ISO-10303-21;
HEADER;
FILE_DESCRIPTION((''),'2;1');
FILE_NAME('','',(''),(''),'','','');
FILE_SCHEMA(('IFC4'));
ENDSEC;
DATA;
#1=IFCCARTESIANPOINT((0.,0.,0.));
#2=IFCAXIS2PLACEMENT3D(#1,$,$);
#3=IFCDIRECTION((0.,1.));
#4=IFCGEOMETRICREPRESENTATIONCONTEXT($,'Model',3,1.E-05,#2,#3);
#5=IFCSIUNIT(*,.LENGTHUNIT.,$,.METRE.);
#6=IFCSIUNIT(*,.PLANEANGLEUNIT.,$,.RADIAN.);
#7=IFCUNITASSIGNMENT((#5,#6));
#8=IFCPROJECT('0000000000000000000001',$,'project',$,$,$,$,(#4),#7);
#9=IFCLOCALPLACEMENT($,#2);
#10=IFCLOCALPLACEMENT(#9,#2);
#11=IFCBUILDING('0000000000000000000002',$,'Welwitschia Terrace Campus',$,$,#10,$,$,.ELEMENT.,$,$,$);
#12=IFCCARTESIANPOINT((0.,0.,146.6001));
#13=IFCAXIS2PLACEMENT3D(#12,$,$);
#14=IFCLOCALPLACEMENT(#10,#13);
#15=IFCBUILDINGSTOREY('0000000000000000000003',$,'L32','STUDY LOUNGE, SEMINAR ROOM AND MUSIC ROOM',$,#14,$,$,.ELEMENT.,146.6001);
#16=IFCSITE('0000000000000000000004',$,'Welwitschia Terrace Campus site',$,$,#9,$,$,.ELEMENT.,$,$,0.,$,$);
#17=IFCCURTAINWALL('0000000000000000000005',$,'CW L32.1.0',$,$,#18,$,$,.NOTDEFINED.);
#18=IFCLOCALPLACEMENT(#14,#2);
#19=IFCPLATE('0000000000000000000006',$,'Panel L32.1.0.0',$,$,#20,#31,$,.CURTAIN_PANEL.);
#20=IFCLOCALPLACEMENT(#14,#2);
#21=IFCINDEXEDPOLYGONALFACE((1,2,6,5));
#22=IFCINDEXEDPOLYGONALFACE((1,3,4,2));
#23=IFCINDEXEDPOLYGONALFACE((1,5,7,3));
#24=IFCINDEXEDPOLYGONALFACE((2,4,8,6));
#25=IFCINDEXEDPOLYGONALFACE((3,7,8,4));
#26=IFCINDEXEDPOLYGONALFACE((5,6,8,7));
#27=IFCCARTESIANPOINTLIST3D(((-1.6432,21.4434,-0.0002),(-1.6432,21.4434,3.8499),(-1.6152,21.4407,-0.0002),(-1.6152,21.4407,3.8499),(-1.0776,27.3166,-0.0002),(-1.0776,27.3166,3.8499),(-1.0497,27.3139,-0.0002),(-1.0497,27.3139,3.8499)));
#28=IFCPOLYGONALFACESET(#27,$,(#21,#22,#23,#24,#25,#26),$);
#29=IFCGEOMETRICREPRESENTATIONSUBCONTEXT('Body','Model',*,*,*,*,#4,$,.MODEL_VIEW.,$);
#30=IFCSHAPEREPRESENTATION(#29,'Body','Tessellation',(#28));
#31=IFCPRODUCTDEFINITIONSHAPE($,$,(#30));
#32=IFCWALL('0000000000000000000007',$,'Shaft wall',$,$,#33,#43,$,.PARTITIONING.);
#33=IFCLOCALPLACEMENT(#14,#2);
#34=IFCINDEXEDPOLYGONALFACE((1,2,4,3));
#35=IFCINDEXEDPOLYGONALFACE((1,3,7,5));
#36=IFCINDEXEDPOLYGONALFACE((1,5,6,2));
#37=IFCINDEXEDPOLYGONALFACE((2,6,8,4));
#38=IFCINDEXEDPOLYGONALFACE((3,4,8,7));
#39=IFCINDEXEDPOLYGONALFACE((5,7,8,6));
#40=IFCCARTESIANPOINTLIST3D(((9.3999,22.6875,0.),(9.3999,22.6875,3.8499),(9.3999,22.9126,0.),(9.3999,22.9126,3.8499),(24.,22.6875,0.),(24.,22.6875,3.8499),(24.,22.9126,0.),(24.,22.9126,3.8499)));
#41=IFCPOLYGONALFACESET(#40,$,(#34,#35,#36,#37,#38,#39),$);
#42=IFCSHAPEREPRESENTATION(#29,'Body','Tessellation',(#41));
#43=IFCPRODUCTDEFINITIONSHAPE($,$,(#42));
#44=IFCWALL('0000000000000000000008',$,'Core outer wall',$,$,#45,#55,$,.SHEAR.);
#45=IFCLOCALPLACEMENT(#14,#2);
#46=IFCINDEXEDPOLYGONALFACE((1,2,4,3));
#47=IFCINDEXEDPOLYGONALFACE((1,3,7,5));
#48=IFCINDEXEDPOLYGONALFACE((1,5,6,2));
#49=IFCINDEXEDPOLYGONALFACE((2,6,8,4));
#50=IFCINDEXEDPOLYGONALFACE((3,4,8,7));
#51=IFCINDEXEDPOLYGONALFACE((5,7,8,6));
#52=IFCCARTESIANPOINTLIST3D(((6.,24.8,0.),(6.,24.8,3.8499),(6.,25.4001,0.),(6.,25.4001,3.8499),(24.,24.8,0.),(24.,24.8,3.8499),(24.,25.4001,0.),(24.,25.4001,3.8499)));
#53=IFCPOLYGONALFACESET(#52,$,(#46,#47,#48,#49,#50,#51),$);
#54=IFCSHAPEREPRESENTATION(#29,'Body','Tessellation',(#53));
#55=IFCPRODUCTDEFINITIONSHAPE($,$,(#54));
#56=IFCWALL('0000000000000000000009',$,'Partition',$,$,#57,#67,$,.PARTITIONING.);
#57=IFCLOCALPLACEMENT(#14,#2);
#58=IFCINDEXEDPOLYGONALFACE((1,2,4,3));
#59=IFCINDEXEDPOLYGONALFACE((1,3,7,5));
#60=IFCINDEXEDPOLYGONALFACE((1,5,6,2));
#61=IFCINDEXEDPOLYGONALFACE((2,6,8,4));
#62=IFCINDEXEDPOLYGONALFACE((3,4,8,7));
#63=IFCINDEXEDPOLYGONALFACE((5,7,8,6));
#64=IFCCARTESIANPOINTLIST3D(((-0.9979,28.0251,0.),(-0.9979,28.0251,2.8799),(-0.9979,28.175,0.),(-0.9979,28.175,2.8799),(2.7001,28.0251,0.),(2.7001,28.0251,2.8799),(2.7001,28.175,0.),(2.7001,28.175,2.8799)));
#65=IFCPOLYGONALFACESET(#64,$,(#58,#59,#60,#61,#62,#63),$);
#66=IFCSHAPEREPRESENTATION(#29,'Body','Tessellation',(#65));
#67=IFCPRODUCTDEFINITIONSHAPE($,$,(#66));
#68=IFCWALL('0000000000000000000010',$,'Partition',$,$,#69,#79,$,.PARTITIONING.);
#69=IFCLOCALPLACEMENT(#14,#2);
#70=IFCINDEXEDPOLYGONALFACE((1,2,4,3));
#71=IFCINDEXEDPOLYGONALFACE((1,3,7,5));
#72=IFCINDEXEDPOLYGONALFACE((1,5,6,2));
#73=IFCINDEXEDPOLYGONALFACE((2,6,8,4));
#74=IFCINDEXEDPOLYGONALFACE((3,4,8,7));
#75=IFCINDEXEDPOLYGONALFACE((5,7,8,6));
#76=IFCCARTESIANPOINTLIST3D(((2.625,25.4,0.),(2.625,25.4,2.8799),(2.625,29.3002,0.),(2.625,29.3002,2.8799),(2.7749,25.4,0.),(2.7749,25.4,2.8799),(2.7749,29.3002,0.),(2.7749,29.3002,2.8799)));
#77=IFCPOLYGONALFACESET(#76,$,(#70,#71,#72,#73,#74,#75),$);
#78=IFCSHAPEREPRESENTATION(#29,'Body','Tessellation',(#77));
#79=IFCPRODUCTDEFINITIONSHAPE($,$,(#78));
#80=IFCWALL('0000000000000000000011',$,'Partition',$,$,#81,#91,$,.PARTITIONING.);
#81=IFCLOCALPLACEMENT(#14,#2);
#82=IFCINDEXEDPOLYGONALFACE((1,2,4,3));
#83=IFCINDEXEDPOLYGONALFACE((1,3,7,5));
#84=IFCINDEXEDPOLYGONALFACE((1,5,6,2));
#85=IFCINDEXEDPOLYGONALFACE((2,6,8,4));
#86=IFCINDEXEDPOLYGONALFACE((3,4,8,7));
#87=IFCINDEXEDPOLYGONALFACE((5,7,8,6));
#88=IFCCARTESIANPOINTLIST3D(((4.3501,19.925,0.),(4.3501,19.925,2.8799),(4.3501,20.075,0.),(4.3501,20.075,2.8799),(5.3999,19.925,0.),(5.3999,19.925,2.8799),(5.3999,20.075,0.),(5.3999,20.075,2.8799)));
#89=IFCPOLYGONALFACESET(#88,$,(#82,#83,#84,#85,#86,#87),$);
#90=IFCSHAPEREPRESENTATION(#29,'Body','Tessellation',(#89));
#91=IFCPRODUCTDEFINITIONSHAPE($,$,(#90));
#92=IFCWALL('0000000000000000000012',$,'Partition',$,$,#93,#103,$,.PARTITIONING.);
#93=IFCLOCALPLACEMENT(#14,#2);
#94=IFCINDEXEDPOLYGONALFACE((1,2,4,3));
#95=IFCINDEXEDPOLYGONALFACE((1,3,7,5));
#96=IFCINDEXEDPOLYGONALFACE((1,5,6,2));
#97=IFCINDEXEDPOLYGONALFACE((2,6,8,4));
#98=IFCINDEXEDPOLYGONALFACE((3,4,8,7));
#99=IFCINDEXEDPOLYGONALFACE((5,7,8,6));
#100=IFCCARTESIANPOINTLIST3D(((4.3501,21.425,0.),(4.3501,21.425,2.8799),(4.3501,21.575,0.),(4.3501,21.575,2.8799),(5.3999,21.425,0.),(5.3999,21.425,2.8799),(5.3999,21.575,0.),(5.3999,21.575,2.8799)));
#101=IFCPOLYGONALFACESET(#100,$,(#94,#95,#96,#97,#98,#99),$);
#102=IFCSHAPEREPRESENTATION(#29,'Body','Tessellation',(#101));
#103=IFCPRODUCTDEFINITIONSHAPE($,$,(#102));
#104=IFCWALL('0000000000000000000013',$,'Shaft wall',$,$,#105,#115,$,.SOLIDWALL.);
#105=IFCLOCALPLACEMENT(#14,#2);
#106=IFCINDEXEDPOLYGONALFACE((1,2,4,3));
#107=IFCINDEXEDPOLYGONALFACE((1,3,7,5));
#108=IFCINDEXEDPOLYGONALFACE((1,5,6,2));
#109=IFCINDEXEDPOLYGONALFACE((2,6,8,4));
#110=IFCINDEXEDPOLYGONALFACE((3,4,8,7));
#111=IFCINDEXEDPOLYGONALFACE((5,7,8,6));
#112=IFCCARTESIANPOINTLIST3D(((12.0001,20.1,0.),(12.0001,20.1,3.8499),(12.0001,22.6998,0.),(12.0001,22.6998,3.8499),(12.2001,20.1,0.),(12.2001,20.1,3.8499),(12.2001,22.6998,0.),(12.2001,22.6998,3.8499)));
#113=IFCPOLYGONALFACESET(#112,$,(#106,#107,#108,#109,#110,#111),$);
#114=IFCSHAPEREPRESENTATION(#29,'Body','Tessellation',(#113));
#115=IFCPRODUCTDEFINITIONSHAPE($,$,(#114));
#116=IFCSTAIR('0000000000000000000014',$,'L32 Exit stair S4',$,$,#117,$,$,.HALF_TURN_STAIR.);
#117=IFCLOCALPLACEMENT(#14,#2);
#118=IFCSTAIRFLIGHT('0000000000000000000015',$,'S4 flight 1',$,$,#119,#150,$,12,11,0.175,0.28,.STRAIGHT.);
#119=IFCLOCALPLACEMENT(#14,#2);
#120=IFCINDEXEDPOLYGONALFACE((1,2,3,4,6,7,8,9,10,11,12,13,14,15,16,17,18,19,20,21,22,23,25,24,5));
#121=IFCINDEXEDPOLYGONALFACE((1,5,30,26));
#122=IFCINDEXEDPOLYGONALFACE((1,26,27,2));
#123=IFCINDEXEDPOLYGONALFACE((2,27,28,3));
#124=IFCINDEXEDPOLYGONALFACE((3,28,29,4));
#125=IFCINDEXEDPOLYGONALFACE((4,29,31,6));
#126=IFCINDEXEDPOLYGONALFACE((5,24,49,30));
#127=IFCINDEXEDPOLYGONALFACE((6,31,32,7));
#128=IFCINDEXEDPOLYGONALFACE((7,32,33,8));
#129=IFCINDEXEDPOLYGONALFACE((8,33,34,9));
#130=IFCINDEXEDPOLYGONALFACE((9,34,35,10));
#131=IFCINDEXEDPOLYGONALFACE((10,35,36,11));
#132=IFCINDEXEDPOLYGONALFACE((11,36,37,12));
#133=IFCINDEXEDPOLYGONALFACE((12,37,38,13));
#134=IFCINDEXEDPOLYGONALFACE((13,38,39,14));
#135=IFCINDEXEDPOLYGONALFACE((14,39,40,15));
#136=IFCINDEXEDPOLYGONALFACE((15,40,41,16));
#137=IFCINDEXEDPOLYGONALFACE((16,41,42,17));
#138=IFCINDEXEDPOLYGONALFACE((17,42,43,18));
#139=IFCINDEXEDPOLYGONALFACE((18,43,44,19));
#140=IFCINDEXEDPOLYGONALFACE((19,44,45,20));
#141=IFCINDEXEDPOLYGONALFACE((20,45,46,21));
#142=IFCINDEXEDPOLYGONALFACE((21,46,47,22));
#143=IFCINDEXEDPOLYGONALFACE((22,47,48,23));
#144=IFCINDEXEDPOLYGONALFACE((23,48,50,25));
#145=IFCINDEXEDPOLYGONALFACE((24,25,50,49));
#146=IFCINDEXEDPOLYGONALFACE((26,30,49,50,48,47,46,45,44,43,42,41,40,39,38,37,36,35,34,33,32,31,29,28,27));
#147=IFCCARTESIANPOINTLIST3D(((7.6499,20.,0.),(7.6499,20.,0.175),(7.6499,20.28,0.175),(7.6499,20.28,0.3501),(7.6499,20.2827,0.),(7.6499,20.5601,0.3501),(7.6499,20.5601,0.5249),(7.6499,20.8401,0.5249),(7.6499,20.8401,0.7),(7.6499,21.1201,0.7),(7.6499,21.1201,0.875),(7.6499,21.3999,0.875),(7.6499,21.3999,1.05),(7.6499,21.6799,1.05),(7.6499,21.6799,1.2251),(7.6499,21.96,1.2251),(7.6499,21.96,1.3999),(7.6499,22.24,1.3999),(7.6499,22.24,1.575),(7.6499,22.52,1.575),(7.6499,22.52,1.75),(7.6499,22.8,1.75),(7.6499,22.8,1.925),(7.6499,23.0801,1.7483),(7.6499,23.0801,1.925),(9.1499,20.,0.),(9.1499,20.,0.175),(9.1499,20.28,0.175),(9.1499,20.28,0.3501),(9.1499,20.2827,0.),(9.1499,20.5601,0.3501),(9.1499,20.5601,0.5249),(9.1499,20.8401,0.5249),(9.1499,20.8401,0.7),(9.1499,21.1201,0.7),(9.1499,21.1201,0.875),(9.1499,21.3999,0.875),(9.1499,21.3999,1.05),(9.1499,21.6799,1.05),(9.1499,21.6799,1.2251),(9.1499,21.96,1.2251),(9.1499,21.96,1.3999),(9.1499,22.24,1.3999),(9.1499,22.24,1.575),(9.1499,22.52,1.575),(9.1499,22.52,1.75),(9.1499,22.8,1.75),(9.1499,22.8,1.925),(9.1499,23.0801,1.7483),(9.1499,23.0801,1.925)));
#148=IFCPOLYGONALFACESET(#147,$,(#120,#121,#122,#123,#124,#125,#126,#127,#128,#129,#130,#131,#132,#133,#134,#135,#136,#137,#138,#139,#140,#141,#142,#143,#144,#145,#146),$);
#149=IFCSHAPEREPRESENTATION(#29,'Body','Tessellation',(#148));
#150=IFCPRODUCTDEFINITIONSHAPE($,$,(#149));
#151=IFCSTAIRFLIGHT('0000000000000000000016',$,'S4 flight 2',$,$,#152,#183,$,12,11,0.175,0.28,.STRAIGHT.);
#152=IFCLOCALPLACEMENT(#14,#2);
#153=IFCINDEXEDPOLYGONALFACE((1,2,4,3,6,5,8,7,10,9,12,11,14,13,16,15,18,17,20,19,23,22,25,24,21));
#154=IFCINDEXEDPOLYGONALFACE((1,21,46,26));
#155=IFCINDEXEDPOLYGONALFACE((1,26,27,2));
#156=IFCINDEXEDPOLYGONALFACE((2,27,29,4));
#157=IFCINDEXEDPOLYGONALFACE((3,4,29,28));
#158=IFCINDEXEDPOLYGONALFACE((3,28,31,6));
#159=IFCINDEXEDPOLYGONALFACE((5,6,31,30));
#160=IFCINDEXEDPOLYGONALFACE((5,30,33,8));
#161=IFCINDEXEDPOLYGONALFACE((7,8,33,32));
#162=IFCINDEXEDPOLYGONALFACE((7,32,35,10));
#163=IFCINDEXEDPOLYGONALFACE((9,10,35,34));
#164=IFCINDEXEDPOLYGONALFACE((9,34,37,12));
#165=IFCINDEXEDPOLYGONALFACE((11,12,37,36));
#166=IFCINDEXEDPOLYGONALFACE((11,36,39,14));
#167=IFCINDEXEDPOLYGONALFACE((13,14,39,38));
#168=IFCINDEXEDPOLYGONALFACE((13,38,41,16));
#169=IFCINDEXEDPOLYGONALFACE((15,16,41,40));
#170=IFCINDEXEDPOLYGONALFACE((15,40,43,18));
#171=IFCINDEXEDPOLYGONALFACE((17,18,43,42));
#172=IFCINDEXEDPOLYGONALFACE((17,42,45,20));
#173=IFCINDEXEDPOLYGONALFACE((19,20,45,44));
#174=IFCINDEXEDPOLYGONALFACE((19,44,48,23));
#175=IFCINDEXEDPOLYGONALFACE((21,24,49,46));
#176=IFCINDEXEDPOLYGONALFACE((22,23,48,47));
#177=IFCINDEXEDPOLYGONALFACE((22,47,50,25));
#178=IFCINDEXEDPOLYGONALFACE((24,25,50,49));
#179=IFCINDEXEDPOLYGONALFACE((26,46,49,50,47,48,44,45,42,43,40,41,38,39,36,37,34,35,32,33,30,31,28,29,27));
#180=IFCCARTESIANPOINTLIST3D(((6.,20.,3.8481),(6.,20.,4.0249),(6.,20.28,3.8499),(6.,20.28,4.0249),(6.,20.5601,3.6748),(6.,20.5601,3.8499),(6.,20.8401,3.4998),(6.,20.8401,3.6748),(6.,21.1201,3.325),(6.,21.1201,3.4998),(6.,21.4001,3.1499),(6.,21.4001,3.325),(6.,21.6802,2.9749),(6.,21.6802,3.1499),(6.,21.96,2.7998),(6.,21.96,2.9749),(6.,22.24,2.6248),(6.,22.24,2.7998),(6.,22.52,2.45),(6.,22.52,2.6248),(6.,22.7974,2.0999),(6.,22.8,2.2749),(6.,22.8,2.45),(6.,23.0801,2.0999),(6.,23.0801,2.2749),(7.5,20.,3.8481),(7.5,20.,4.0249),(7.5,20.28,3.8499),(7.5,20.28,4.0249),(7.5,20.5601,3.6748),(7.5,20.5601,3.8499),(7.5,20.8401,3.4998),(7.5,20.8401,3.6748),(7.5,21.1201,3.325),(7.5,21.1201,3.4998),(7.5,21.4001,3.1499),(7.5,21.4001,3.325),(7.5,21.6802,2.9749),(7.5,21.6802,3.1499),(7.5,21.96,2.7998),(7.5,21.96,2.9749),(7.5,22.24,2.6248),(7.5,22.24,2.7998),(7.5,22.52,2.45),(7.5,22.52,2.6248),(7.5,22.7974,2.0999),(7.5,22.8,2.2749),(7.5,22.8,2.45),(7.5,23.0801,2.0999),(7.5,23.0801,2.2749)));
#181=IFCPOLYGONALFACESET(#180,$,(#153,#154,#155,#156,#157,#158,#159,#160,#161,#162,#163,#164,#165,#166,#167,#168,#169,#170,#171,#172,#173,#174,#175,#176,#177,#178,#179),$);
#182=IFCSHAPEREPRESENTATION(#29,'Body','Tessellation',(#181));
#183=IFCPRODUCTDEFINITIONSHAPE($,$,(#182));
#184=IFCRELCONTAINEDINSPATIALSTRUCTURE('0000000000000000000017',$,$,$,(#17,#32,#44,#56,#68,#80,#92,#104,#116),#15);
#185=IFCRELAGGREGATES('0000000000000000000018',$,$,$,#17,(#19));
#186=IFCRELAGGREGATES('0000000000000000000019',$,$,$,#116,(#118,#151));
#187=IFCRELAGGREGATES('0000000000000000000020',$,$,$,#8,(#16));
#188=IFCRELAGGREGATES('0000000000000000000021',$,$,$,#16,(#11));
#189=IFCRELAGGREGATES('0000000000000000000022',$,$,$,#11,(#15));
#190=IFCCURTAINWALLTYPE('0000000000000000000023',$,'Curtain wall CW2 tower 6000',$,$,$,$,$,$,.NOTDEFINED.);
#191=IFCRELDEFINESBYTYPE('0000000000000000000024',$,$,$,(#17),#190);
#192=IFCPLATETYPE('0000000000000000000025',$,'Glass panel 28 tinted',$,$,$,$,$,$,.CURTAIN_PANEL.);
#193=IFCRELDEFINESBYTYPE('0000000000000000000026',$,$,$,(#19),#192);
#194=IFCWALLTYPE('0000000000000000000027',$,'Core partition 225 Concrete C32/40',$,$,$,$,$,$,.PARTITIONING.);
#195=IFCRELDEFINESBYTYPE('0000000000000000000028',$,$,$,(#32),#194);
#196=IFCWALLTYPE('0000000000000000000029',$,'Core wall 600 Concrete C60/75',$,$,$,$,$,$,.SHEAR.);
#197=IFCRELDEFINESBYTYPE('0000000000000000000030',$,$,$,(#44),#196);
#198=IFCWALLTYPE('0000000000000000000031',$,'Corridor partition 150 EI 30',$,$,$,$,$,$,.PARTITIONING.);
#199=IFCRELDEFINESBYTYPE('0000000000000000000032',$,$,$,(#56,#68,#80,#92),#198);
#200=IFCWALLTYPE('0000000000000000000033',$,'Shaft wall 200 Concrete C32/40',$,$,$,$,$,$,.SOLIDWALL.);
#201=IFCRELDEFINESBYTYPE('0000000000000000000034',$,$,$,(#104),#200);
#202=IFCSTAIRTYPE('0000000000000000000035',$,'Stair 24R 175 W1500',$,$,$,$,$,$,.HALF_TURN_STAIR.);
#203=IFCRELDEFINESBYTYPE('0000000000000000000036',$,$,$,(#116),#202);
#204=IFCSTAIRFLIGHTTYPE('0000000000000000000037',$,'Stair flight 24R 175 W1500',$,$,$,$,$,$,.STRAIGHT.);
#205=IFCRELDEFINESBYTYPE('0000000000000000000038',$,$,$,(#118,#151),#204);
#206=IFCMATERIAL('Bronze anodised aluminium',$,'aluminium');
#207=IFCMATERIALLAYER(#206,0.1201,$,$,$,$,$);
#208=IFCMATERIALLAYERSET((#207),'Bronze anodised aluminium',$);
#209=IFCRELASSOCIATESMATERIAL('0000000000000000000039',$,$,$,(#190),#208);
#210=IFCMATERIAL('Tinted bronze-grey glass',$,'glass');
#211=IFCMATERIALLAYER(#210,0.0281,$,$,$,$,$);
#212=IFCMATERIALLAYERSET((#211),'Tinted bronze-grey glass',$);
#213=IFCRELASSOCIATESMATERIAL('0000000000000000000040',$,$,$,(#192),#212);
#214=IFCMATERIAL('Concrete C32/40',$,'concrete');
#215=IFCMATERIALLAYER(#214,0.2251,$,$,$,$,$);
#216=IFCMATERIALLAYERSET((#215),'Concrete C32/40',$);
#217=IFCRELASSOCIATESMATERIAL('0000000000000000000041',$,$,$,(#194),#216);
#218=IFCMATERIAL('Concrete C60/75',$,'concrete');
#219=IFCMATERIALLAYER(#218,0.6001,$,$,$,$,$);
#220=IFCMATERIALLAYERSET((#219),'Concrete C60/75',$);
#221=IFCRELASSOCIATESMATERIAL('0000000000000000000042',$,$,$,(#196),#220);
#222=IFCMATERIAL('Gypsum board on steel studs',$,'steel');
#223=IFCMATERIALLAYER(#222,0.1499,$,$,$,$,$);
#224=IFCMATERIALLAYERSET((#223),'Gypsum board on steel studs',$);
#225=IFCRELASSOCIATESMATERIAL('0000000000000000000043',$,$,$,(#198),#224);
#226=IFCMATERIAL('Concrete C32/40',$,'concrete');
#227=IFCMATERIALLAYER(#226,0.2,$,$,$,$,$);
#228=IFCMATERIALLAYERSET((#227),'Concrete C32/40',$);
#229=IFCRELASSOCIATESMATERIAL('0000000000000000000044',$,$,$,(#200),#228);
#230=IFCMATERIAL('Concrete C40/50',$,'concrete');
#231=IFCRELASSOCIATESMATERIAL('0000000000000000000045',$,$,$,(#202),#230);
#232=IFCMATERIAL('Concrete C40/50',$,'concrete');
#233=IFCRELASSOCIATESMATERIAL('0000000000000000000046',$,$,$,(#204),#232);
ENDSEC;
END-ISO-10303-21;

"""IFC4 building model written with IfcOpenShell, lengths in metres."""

from ifc_helpers import new_model, si_unit, direction, frame, frame_2d, origin, origin_2d, place, context, subcontext, project, spatial, polyline, rectangle, outline, extrude, material, layer, layer_set, type_object, element, aggregate, save


model = new_model("IFC4")

# Units and contexts
model_context = context("Model", 3, precision=1e-05, world=origin(), true_north=direction((0.0, 1.0)))
body_context = subcontext(model_context, "Body", "Model", "MODEL_VIEW")
ifc_project = project(units=[si_unit("LENGTHUNIT", "METRE"), si_unit("PLANEANGLEUNIT", "RADIAN")], contexts=[model_context])

# Site, building, storey
site_placement = place(None, origin())
site = spatial("IfcSite", under=ifc_project, at=site_placement, Name="Welwitschia Terrace Campus site", CompositionType="ELEMENT", RefElevation=0.0)
building_placement = place(site_placement, origin())
building = spatial("IfcBuilding", under=site, at=building_placement, Name="Welwitschia Terrace Campus", CompositionType="ELEMENT")
storey_placement = place(building_placement, frame((0.0, 0.0, 146.6001)))
storey = spatial("IfcBuildingStorey", under=building, at=storey_placement, Name="L32", Description="STUDY LOUNGE, SEMINAR ROOM AND MUSIC ROOM", CompositionType="ELEMENT", Elevation=146.6001)

# Shared definitions
ifc_material_1 = material(Name="Bronze anodised aluminium", Category="aluminium")
ifc_layer_1 = layer(ifc_material_1, 0.1201)
ifc_layer_set_1 = layer_set([ifc_layer_1], Name="Bronze anodised aluminium")
curtain_wall_type = type_object("IfcCurtainWallType", Name="Curtain wall CW2 tower 6000", PredefinedType="NOTDEFINED", material=ifc_layer_set_1)

# Curtain wall
curtain_wall_1_placement = place(storey_placement, origin())
curtain_wall_1 = element("IfcCurtainWall", 1, at=curtain_wall_1_placement, inside=storey, type_object=curtain_wall_type, Name="CW L32.1.0", PredefinedType="NOTDEFINED")

# Plate
ifc_material_2 = material(Name="Tinted bronze-grey glass", Category="glass")
ifc_layer_2 = layer(ifc_material_2, 0.0281)
ifc_layer_set_2 = layer_set([ifc_layer_2], Name="Tinted bronze-grey glass")
plate_type = type_object("IfcPlateType", Name="Glass panel 28 tinted", PredefinedType="CURTAIN_PANEL", material=ifc_layer_set_2)
plate_placement = place(storey_placement, frame((-1.3464, 24.3787, -0.0002), z_axis=(0.0, 0.0, 1.0), x_axis=(-0.095846, -0.995396, 0.0)))
plate = element("IfcPlate", 2, at=plate_placement, type_object=plate_type, Name="Panel L32.1.0.0", PredefinedType="CURTAIN_PANEL", context=body_context, shape_type="SweptSolid", body=[
    extrude(rectangle(XDim=5.9004, YDim=0.0281, at=origin_2d()), origin(), (0.0, 0.0, 1.0), 3.8501),
])
aggregate(curtain_wall_1, [plate])

# Walls
ifc_material_3 = material(Name="Concrete C32/40", Category="concrete")
ifc_layer_3 = layer(ifc_material_3, 0.2251)
ifc_layer_set_3 = layer_set([ifc_layer_3], Name="Concrete C32/40")
wall_type_1 = type_object("IfcWallType", Name="Core partition 225 Concrete C32/40", PredefinedType="PARTITIONING", material=ifc_layer_set_3)
wall_1_placement = place(storey_placement, frame((9.3999, 22.8, 0.0), z_axis=(0.0, 0.0, 1.0), x_axis=(1.0, 0.0, 0.0)))
element("IfcWall", 3, at=wall_1_placement, inside=storey, type_object=wall_type_1, Name="Shaft wall", PredefinedType="PARTITIONING", context=body_context, shape_type="SweptSolid", body=[
    extrude(rectangle(XDim=14.6001, YDim=0.2251, at=frame_2d((7.3, 0.0))), origin(), (0.0, 0.0, 1.0), 3.8499),
])
ifc_material_4 = material(Name="Concrete C60/75", Category="concrete")
ifc_layer_4 = layer(ifc_material_4, 0.6001)
ifc_layer_set_4 = layer_set([ifc_layer_4], Name="Concrete C60/75")
wall_type_2 = type_object("IfcWallType", Name="Core wall 600 Concrete C60/75", PredefinedType="SHEAR", material=ifc_layer_set_4)
wall_2_placement = place(storey_placement, frame((6.0, 25.1001, 0.0), z_axis=(0.0, 0.0, 1.0), x_axis=(1.0, 0.0, 0.0)))
element("IfcWall", 4, at=wall_2_placement, inside=storey, type_object=wall_type_2, Name="Core outer wall", PredefinedType="SHEAR", context=body_context, shape_type="SweptSolid", body=[
    extrude(rectangle(XDim=18.0, YDim=0.6001, at=frame_2d((9.0, 0.0))), origin(), (0.0, 0.0, 1.0), 3.8499),
])
ifc_material_5 = material(Name="Gypsum board on steel studs", Category="steel")
ifc_layer_5 = layer(ifc_material_5, 0.1499)
ifc_layer_set_5 = layer_set([ifc_layer_5], Name="Gypsum board on steel studs")
wall_type_3 = type_object("IfcWallType", Name="Corridor partition 150 EI 30", PredefinedType="PARTITIONING", material=ifc_layer_set_5)
wall_3_placement = place(storey_placement, frame((-0.998, 28.1001, 0.0), z_axis=(0.0, 0.0, 1.0), x_axis=(1.0, 0.0, 0.0)))
element("IfcWall", 5, at=wall_3_placement, inside=storey, type_object=wall_type_3, Name="Partition", PredefinedType="PARTITIONING", context=body_context, shape_type="SweptSolid", body=[
    extrude(rectangle(XDim=3.698, YDim=0.1499, at=frame_2d((1.8491, 0.0))), origin(), (0.0, 0.0, 1.0), 2.8799),
])
wall_4_placement = place(storey_placement, frame((2.7, 25.3999, 0.0), z_axis=(0.0, 0.0, 1.0), x_axis=(0.0, 1.0, 0.0)))
element("IfcWall", 6, at=wall_4_placement, inside=storey, type_object=wall_type_3, Name="Partition", PredefinedType="PARTITIONING", context=body_context, shape_type="SweptSolid", body=[
    extrude(rectangle(XDim=3.9001, YDim=0.1499, at=frame_2d((1.9502, 0.0))), origin(), (0.0, 0.0, 1.0), 2.8799),
])
for number, where, z_axis, x_axis, name in (
    (7, (4.3501, 20.0, 0.0), (0.0, 0.0, 1.0), (1.0, 0.0, 0.0), "Partition"),
    (8, (4.3501, 21.5, 0.0), (0.0, 0.0, 1.0), (1.0, 0.0, 0.0), "Partition"),
):
    element("IfcWall", number, at=place(storey_placement, frame(where, z_axis=z_axis, x_axis=x_axis)), inside=storey, type_object=wall_type_3, Name=name, PredefinedType="PARTITIONING", context=body_context, shape_type="SweptSolid", body=[
        extrude(rectangle(XDim=1.0498, YDim=0.1499, at=frame_2d((0.5249, 0.0))), origin(), (0.0, 0.0, 1.0), 2.8799),
    ])
ifc_material_6 = material(Name="Concrete C32/40", Category="concrete")
ifc_layer_6 = layer(ifc_material_6, 0.2)
ifc_layer_set_6 = layer_set([ifc_layer_6], Name="Concrete C32/40")
wall_type_4 = type_object("IfcWallType", Name="Shaft wall 200 Concrete C32/40", PredefinedType="SOLIDWALL", material=ifc_layer_set_6)
wall_5_placement = place(storey_placement, frame((12.1001, 20.1001, 0.0), z_axis=(0.0, 0.0, 1.0), x_axis=(0.0, 1.0, 0.0)))
element("IfcWall", 9, at=wall_5_placement, inside=storey, type_object=wall_type_4, Name="Shaft wall", PredefinedType="SOLIDWALL", context=body_context, shape_type="SweptSolid", body=[
    extrude(rectangle(XDim=2.5999, YDim=0.2, at=frame_2d((1.2998, 0.0))), origin(), (0.0, 0.0, 1.0), 3.8499),
])

# Stair, stair flights
ifc_material_7 = material(Name="Concrete C40/50", Category="concrete")
stair_type = type_object("IfcStairType", Name="Stair 24R 175 W1500", PredefinedType="HALF_TURN_STAIR", material=ifc_material_7)
stair_placement = place(storey_placement, origin())
stair = element("IfcStair", 10, at=stair_placement, inside=storey, type_object=stair_type, Name="L32 Exit stair S4", PredefinedType="HALF_TURN_STAIR")
ifc_material_8 = material(Name="Concrete C40/50", Category="concrete")
stair_flight_type = type_object("IfcStairFlightType", Name="Stair flight 24R 175 W1500", PredefinedType="STRAIGHT", material=ifc_material_8)
stair_flight_1_placement = place(storey_placement, frame((8.3999, 20.0, 0.0), z_axis=(0.0, 0.0, 1.0), x_axis=(0.0, 1.0, 0.0)))
stair_flight_1 = element("IfcStairFlight", 11, at=stair_flight_1_placement, type_object=stair_flight_type, Name="S4 flight 1", NumberOfRisers=12, NumberOfTreads=11, PredefinedType="STRAIGHT", RiserHeight=0.175, TreadLength=0.28, context=body_context, shape_type="SweptSolid", body=[
    extrude(outline(polyline([(0.0, 0.0), (0.0, 0.175), (0.28, 0.175), (0.28, 0.3501), (0.5601, 0.3501), (0.5601, 0.5249), (0.8401, 0.5249), (0.8401, 0.7), (1.1201, 0.7), (1.1201, 0.875), (1.3999, 0.875), (1.3999, 1.05), (1.6799, 1.05), (1.6799, 1.2251), (1.96, 1.2251), (1.96, 1.3999), (2.24, 1.3999), (2.24, 1.575), (2.52, 1.575), (2.52, 1.75), (2.8, 1.75), (2.8, 1.925), (3.0801, 1.925), (3.0801, 2.1001), (3.0801, 1.7483), (0.2827, 0.0), (0.0, 0.0)])), frame((0.0, 0.75, 0.0), z_axis=(0.0, -1.0, 0.0), x_axis=(1.0, 0.0, 0.0)), (0.0, 0.0, 1.0), 1.5),
])
stair_flight_2_placement = place(storey_placement, frame((6.75, 23.0801, 2.0999), z_axis=(0.0, 0.0, 1.0), x_axis=(0.0, -1.0, 0.0)))
stair_flight_2 = element("IfcStairFlight", 12, at=stair_flight_2_placement, type_object=stair_flight_type, Name="S4 flight 2", NumberOfRisers=12, NumberOfTreads=11, PredefinedType="STRAIGHT", RiserHeight=0.175, TreadLength=0.28, context=body_context, shape_type="SweptSolid", body=[
    extrude(outline(polyline([(0.0, 0.0), (0.0, 0.175), (0.28, 0.175), (0.28, 0.3501), (0.5601, 0.3501), (0.5601, 0.5249), (0.8401, 0.5249), (0.8401, 0.7), (1.1201, 0.7), (1.1201, 0.875), (1.3999, 0.875), (1.3999, 1.05), (1.6799, 1.05), (1.6799, 1.2251), (1.96, 1.2251), (1.96, 1.3999), (2.24, 1.3999), (2.24, 1.575), (2.52, 1.575), (2.52, 1.75), (2.8, 1.75), (2.8, 1.925), (3.0801, 1.925), (3.0801, 2.1001), (3.0801, 1.7483), (0.2827, 0.0), (0.0, 0.0)])), frame((0.0, 0.75, 0.0), z_axis=(0.0, -1.0, 0.0), x_axis=(1.0, 0.0, 0.0)), (0.0, 0.0, 1.0), 1.5),
])
aggregate(stair, [stair_flight_1, stair_flight_2])

save(model, "model.ifc")
